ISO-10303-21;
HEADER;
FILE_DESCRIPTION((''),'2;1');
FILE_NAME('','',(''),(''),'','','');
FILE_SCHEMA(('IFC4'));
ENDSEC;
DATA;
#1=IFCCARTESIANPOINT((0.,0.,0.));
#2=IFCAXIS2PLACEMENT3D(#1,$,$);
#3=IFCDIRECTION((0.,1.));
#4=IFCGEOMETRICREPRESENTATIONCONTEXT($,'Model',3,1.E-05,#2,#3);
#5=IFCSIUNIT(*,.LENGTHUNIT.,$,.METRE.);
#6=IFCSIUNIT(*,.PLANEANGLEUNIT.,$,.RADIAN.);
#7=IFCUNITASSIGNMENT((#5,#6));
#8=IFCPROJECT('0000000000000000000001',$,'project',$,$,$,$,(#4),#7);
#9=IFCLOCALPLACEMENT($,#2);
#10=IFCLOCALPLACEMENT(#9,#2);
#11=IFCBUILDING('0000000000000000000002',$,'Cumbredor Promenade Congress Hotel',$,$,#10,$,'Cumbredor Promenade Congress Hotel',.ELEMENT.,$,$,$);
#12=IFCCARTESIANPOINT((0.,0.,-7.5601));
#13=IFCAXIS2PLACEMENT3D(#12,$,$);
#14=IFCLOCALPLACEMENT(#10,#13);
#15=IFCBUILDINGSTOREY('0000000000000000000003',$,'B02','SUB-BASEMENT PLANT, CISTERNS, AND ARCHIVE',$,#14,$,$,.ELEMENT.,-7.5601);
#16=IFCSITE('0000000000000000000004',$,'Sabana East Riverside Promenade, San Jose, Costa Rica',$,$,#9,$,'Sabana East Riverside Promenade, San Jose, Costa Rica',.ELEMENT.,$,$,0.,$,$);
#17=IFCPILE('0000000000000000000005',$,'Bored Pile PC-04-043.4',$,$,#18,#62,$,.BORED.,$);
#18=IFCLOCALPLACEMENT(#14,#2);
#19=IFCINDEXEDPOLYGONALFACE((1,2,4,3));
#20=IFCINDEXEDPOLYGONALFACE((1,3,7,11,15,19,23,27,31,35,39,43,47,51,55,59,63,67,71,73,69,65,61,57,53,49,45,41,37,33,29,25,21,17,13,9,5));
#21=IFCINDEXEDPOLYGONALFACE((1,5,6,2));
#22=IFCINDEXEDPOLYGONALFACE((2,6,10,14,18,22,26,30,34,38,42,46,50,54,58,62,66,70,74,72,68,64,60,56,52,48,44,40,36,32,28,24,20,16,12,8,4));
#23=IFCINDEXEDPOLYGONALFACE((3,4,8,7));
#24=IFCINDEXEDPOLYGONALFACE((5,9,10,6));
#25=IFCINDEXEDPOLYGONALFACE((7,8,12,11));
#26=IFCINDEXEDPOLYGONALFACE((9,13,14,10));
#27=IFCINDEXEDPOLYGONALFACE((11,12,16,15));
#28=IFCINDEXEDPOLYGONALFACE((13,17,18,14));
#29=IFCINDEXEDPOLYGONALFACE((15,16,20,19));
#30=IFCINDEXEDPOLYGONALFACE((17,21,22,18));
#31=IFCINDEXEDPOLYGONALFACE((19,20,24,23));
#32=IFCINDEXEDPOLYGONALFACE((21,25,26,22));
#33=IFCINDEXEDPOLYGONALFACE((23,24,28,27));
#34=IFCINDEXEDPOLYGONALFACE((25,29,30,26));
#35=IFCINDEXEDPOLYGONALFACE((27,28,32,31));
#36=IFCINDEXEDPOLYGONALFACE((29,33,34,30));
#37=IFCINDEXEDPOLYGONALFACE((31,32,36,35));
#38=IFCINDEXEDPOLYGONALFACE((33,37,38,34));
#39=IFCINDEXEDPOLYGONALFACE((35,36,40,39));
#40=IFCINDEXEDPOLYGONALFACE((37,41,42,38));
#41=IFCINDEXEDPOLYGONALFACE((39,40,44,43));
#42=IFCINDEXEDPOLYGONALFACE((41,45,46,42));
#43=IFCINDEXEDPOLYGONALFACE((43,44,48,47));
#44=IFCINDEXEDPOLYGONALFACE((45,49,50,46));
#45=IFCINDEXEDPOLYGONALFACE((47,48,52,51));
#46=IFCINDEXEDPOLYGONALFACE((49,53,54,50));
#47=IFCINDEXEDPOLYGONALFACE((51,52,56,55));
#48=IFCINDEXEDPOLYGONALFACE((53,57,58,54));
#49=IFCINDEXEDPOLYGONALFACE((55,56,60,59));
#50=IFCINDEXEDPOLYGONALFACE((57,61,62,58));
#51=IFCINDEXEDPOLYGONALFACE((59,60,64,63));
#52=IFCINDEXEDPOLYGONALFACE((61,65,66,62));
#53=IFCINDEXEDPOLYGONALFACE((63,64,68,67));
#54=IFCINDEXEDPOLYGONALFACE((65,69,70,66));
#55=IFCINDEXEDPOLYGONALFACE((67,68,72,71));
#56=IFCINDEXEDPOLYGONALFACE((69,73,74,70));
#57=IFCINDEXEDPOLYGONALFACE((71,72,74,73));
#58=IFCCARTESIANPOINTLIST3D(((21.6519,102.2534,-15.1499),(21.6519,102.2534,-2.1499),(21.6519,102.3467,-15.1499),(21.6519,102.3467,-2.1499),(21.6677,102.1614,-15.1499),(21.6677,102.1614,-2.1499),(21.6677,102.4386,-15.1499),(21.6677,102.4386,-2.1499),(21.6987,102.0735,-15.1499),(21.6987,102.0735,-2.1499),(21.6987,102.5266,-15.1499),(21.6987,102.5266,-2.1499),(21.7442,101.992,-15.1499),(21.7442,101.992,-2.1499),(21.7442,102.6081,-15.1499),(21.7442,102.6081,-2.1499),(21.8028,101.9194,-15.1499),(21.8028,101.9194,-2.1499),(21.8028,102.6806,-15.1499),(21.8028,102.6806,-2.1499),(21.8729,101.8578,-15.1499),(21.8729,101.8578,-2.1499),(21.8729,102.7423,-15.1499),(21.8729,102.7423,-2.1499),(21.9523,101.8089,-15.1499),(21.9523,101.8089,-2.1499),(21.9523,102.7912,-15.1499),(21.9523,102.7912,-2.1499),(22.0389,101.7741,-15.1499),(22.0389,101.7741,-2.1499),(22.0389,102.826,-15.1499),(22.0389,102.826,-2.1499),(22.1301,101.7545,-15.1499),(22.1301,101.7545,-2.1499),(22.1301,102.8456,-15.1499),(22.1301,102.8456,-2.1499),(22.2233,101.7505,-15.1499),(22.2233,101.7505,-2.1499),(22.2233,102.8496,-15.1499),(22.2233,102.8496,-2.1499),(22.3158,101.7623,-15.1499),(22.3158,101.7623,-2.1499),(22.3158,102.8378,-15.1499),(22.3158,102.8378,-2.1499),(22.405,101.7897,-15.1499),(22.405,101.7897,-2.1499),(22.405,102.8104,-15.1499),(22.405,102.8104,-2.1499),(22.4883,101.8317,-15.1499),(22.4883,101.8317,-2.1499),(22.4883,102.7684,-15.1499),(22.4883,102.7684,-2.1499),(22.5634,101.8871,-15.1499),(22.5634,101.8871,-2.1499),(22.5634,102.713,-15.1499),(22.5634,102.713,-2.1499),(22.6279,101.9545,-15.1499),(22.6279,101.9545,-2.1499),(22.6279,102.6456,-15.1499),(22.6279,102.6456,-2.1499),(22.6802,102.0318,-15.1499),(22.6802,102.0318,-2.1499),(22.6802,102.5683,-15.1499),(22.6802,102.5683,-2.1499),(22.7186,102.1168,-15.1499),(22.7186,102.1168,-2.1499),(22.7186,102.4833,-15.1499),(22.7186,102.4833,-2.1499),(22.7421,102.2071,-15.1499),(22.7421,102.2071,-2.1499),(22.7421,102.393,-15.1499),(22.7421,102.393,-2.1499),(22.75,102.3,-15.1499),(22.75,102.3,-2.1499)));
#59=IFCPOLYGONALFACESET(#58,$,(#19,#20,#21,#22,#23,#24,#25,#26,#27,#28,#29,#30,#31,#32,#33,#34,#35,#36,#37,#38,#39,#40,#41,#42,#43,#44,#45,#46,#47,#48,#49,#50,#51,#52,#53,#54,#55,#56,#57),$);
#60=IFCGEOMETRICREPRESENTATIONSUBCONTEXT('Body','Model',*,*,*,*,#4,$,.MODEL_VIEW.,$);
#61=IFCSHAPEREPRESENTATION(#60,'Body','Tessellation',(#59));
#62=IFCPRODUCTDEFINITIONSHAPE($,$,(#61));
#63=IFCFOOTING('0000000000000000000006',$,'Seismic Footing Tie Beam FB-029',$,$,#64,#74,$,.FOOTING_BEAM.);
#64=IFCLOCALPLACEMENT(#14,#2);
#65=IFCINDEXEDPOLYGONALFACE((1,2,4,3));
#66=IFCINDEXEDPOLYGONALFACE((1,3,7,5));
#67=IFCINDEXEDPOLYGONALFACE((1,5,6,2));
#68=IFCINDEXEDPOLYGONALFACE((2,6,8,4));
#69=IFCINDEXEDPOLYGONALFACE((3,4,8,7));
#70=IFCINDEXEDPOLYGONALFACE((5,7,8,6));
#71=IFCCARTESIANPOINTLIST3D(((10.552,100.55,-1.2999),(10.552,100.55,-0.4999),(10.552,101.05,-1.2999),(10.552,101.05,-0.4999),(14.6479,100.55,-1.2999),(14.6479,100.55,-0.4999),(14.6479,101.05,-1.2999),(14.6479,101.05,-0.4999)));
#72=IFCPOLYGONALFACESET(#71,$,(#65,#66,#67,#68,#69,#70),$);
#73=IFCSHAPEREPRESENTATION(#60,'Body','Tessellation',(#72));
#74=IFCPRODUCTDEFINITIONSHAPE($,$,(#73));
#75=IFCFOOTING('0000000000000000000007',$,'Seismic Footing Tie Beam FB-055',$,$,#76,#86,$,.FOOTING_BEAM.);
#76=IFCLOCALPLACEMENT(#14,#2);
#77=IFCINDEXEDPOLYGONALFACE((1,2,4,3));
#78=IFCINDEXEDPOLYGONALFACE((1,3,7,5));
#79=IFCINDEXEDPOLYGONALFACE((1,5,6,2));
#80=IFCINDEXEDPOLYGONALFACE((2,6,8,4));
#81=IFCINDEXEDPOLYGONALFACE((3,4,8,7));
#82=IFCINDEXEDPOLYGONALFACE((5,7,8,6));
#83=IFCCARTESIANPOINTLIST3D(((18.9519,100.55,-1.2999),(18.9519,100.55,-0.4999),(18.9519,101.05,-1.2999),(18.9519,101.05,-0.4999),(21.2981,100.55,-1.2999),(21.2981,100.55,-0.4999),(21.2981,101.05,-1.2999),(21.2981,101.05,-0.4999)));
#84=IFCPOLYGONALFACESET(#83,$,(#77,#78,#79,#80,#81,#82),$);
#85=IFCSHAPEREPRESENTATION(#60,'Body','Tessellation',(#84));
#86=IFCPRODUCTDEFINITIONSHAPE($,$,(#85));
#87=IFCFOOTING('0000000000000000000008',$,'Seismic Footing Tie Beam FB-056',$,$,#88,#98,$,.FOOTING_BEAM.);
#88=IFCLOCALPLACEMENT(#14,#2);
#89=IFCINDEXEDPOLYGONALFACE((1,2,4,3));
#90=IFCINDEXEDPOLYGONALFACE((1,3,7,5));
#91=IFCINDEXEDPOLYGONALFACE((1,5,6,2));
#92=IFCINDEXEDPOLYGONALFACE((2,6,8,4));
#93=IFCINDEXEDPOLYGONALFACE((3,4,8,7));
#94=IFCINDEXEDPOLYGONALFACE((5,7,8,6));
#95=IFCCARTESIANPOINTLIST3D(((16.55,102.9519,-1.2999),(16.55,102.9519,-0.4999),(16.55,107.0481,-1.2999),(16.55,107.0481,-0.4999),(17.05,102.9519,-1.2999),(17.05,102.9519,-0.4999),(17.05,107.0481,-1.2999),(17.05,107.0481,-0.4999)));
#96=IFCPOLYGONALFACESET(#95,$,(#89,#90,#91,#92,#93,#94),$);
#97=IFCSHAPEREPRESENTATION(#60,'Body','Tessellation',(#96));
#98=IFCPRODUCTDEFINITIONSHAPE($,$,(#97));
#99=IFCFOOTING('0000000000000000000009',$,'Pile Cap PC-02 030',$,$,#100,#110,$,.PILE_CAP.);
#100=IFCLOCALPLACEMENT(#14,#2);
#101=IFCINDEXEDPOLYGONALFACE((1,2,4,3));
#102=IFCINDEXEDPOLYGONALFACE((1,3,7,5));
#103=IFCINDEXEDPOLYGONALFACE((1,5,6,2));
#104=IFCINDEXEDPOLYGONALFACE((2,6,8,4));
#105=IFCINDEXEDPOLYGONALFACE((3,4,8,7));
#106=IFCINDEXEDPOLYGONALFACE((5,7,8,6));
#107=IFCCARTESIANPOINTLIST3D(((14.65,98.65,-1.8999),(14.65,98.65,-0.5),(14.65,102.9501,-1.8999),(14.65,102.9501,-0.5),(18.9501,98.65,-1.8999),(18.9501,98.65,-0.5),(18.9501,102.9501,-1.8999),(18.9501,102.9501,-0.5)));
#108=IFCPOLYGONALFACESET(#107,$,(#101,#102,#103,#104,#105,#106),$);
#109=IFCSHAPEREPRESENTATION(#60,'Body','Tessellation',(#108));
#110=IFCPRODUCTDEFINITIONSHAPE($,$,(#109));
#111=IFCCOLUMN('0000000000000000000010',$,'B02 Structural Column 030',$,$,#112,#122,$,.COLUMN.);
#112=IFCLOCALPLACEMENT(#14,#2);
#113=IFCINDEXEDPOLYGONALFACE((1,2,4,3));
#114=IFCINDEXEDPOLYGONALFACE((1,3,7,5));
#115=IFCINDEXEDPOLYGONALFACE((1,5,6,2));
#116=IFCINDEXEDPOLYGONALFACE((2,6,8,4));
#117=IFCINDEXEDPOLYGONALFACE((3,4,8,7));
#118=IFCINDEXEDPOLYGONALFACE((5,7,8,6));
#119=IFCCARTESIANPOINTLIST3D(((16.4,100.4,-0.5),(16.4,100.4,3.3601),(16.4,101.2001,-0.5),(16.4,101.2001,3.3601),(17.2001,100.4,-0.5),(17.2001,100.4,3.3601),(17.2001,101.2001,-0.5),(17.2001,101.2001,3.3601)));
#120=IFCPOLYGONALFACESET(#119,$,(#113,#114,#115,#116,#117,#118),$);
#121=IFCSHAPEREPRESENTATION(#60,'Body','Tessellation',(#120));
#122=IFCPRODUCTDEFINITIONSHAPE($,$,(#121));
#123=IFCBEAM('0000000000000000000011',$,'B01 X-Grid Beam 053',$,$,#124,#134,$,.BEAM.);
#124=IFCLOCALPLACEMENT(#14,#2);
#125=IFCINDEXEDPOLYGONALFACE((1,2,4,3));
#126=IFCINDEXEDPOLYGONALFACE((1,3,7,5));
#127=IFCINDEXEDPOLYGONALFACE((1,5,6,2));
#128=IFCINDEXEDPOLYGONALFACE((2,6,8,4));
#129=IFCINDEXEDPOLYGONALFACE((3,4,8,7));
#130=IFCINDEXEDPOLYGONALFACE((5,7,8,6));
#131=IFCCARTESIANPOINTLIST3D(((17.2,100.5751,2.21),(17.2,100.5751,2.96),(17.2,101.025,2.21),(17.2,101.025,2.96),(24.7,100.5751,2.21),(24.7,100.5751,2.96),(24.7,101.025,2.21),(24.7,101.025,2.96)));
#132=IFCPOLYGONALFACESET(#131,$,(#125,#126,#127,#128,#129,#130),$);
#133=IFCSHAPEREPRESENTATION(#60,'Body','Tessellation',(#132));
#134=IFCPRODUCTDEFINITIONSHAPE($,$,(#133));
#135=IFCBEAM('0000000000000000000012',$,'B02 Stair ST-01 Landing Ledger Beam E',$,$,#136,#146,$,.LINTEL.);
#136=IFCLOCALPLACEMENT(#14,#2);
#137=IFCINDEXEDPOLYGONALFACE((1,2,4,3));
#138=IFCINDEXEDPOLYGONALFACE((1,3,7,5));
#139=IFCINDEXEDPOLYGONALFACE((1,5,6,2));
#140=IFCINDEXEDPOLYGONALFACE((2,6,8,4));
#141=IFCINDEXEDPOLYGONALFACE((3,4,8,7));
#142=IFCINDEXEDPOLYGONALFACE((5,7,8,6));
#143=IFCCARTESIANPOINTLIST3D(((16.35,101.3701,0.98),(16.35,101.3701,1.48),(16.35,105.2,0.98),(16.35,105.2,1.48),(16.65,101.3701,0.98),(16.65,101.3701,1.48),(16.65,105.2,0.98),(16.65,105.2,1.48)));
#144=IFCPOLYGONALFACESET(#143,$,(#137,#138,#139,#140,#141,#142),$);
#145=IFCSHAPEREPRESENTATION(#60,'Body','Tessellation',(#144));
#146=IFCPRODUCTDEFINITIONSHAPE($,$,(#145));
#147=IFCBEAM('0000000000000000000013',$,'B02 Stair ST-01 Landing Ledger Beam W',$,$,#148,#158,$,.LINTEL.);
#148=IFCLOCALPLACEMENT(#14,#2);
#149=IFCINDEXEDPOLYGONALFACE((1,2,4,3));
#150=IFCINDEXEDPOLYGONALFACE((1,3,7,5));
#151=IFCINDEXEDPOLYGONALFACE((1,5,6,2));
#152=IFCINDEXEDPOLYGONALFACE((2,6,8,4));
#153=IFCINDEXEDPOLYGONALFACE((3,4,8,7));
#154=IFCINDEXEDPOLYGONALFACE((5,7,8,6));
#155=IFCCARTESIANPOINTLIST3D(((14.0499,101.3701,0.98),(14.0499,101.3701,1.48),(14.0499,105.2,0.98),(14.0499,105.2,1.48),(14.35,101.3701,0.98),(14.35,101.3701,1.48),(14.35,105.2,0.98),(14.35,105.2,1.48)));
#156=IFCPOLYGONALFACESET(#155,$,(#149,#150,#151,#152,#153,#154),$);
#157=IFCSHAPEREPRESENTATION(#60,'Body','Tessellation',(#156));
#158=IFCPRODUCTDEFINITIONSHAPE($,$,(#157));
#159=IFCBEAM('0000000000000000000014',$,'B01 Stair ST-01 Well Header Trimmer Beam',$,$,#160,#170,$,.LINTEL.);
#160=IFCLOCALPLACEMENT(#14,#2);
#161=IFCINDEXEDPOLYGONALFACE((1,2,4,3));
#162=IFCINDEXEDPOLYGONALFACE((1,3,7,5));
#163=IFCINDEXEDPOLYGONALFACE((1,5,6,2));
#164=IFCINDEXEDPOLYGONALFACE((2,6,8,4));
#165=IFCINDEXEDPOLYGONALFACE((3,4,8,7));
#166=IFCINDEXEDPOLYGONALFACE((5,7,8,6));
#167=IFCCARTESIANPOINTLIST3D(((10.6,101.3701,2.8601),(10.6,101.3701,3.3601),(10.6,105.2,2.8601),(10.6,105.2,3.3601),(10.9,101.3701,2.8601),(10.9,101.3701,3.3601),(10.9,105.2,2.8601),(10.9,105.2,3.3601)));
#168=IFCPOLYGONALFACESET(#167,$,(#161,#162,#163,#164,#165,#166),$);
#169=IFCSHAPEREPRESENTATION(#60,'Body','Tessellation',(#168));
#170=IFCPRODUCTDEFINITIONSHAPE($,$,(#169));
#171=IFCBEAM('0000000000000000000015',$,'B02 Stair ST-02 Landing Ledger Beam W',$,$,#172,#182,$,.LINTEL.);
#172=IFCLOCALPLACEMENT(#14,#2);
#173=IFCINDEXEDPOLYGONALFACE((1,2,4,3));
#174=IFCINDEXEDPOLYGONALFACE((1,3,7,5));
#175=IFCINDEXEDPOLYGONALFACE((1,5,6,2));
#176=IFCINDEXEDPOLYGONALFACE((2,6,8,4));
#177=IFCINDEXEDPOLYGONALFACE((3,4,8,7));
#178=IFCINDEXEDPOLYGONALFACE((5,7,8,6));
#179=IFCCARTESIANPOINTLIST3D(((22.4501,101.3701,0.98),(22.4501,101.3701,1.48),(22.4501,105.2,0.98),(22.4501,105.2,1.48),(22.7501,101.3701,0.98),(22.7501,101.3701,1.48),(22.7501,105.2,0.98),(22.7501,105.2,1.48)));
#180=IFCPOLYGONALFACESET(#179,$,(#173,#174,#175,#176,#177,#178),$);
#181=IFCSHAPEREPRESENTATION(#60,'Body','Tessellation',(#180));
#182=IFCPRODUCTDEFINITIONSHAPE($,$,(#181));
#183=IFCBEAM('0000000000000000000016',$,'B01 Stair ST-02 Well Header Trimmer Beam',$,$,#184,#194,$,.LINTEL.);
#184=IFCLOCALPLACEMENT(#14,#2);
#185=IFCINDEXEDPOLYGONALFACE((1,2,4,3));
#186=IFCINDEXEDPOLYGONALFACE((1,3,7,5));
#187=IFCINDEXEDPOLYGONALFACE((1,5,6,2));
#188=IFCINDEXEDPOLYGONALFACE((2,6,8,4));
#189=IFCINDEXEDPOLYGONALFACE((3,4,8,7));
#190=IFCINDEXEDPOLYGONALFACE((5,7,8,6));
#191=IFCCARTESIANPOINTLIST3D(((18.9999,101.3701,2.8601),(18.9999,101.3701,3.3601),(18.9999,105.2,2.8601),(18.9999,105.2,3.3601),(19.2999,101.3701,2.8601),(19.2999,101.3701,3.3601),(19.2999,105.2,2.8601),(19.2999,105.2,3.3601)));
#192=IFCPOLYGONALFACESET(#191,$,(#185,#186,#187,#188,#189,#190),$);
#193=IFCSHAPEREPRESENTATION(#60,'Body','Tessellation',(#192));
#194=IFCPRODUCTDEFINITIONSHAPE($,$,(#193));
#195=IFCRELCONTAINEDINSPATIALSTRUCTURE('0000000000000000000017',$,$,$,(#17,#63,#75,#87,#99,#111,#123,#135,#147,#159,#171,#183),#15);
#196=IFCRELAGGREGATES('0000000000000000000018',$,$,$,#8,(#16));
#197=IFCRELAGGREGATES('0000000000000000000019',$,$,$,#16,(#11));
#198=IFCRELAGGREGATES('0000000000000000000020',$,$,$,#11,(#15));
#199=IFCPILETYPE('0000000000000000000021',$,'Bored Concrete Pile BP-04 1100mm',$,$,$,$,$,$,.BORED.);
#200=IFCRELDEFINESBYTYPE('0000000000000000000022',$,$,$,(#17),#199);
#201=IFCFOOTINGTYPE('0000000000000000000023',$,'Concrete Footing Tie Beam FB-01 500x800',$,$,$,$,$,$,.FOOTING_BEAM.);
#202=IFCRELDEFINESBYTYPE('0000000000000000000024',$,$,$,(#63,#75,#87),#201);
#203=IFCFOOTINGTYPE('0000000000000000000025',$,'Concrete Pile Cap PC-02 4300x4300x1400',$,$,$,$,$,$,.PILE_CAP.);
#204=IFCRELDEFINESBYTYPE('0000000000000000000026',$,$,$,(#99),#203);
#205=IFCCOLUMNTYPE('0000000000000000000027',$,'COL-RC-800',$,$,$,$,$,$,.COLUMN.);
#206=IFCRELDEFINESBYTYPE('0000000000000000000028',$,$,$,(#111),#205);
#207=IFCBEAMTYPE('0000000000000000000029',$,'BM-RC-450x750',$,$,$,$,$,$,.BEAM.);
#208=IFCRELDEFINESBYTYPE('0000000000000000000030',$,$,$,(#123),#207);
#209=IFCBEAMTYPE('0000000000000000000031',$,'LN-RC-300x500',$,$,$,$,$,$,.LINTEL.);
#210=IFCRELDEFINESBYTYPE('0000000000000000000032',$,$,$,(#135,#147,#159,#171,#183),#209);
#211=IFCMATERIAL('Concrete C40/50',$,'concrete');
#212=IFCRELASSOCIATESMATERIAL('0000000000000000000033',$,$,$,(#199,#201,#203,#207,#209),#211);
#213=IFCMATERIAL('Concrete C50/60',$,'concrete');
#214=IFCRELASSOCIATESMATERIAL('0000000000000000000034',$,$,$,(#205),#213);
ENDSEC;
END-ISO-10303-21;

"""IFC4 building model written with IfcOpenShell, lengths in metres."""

from ifc_helpers import new_model, si_unit, direction, frame, origin, origin_2d, place, context, subcontext, project, spatial, rectangle, circle, extrude, material, material_profile, profile_set, type_object, element, save


model = new_model("IFC4")

# Units and contexts
model_context = context("Model", 3, precision=1e-05, world=origin(), true_north=direction((0.0, 1.0)))
body_context = subcontext(model_context, "Body", "Model", "MODEL_VIEW")
ifc_project = project(units=[si_unit("LENGTHUNIT", "METRE"), si_unit("PLANEANGLEUNIT", "RADIAN")], contexts=[model_context])

# Site, building, storey
site_placement = place(None, origin())
site = spatial("IfcSite", under=ifc_project, at=site_placement, Name="Sabana East Riverside Promenade, San Jose, Costa Rica", LongName="Sabana East Riverside Promenade, San Jose, Costa Rica", CompositionType="ELEMENT", RefElevation=0.0)
building_placement = place(site_placement, origin())
building = spatial("IfcBuilding", under=site, at=building_placement, Name="Cumbredor Promenade Congress Hotel", LongName="Cumbredor Promenade Congress Hotel", CompositionType="ELEMENT")
storey_placement = place(building_placement, frame((0.0, 0.0, -7.5601)))
storey = spatial("IfcBuildingStorey", under=building, at=storey_placement, Name="B02", Description="SUB-BASEMENT PLANT, CISTERNS, AND ARCHIVE", CompositionType="ELEMENT", Elevation=-7.5601)

# Pile
ifc_material_1 = material(Name="Concrete C40/50", Category="concrete")
ifc_material_profile_1 = material_profile(ifc_material_1, circle(Radius=0.55, at=origin_2d()), Name="PILE D1100")
ifc_profile_set_1 = profile_set([ifc_material_profile_1], Name="Concrete C40/50")
pile_type_1 = type_object("IfcPileType", Name="Bored Concrete Pile BP-04 1100mm", PredefinedType="BORED", material=ifc_profile_set_1)
pile_placement = place(storey_placement, frame((22.2, 102.3, -2.1499), z_axis=(0.0, 0.0, -1.0), x_axis=(1.0, 0.0, 0.0)))
element("IfcPile", 1, at=pile_placement, inside=storey, type_object=pile_type_1, Name="Bored Pile PC-04-043.4", PredefinedType="BORED", context=body_context, shape_type="SweptSolid", body=[
    extrude(circle(Radius=0.55, at=origin_2d()), origin(), (0.0, 0.0, 1.0), 13.0),
])

# Footings
ifc_material_profile_2 = material_profile(ifc_material_1, rectangle(XDim=0.5, YDim=0.8, at=origin_2d()), Name="FB 500x800")
ifc_profile_set_2 = profile_set([ifc_material_profile_2], Name="Concrete C40/50")
footing_type_1 = type_object("IfcFootingType", Name="Concrete Footing Tie Beam FB-01 500x800", PredefinedType="FOOTING_BEAM", material=ifc_profile_set_2)
footing_1_placement = place(storey_placement, frame((10.552, 100.8, -0.8999), z_axis=(1.0, 0.0, 0.0), x_axis=(0.0, 1.0, 0.0)))
element("IfcFooting", 2, at=footing_1_placement, inside=storey, type_object=footing_type_1, Name="Seismic Footing Tie Beam FB-029", PredefinedType="FOOTING_BEAM", context=body_context, shape_type="SweptSolid", body=[
    extrude(rectangle(XDim=0.5, YDim=0.8, at=origin_2d()), origin(), (0.0, 0.0, 1.0), 4.0959),
])
footing_2_placement = place(storey_placement, frame((18.9519, 100.8, -0.8999), z_axis=(1.0, 0.0, 0.0), x_axis=(0.0, 1.0, 0.0)))
element("IfcFooting", 3, at=footing_2_placement, inside=storey, type_object=footing_type_1, Name="Seismic Footing Tie Beam FB-055", PredefinedType="FOOTING_BEAM", context=body_context, shape_type="SweptSolid", body=[
    extrude(rectangle(XDim=0.5, YDim=0.8, at=origin_2d()), origin(), (0.0, 0.0, 1.0), 2.3462),
])
footing_3_placement = place(storey_placement, frame((16.8, 102.9519, -0.8999), z_axis=(0.0, 1.0, 0.0), x_axis=(-1.0, 0.0, 0.0)))
element("IfcFooting", 4, at=footing_3_placement, inside=storey, type_object=footing_type_1, Name="Seismic Footing Tie Beam FB-056", PredefinedType="FOOTING_BEAM", context=body_context, shape_type="SweptSolid", body=[
    extrude(rectangle(XDim=0.5, YDim=0.8, at=origin_2d()), origin(), (0.0, 0.0, 1.0), 4.0962),
])
footing_type_2 = type_object("IfcFootingType", Name="Concrete Pile Cap PC-02 4300x4300x1400", PredefinedType="PILE_CAP", material=ifc_material_1)
footing_4_placement = place(storey_placement, frame((16.8, 100.8, -1.8999), z_axis=(0.0, 0.0, 1.0), x_axis=(1.0, 0.0, 0.0)))
element("IfcFooting", 5, at=footing_4_placement, inside=storey, type_object=footing_type_2, Name="Pile Cap PC-02 030", PredefinedType="PILE_CAP", context=body_context, shape_type="SweptSolid", body=[
    extrude(rectangle(XDim=4.3, YDim=4.3, at=origin_2d()), origin(), (0.0, 0.0, 1.0), 1.3999),
])

# Column
ifc_material_2 = material(Name="Concrete C50/60", Category="concrete")
ifc_material_profile_3 = material_profile(ifc_material_2, rectangle(XDim=0.8, YDim=0.8, at=origin_2d()), Name="RC 800x800")
ifc_profile_set_3 = profile_set([ifc_material_profile_3], Name="Concrete C50/60")
column_type = type_object("IfcColumnType", Name="COL-RC-800", PredefinedType="COLUMN", material=ifc_profile_set_3)
column_placement = place(storey_placement, frame((16.8, 100.8, -0.5), z_axis=(0.0, 0.0, 1.0), x_axis=(1.0, 0.0, 0.0)))
element("IfcColumn", 6, at=column_placement, inside=storey, type_object=column_type, Name="B02 Structural Column 030", PredefinedType="COLUMN", context=body_context, shape_type="SweptSolid", body=[
    extrude(rectangle(XDim=0.8, YDim=0.8, at=origin_2d()), origin(), (0.0, 0.0, 1.0), 3.8601),
])

# Beams
ifc_material_profile_4 = material_profile(ifc_material_1, rectangle(XDim=0.45, YDim=0.75, at=origin_2d()), Name="RC BEAM 450x750")
ifc_profile_set_4 = profile_set([ifc_material_profile_4], Name="Concrete C40/50")
beam_type_1 = type_object("IfcBeamType", Name="BM-RC-450x750", PredefinedType="BEAM", material=ifc_profile_set_4)
beam_placement = place(storey_placement, frame((17.2, 100.8, 2.585), z_axis=(1.0, 0.0, 0.0), x_axis=(0.0, 1.0, 0.0)))
element("IfcBeam", 7, at=beam_placement, inside=storey, type_object=beam_type_1, Name="B01 X-Grid Beam 053", PredefinedType="BEAM", context=body_context, shape_type="SweptSolid", body=[
    extrude(rectangle(XDim=0.45, YDim=0.75, at=origin_2d()), origin(), (0.0, 0.0, 1.0), 7.5),
])
ifc_material_profile_5 = material_profile(ifc_material_1, rectangle(XDim=0.3, YDim=0.5, at=origin_2d()), Name="RC LINTEL 300x500")
ifc_profile_set_5 = profile_set([ifc_material_profile_5], Name="Concrete C40/50")
beam_type_2 = type_object("IfcBeamType", Name="LN-RC-300x500", PredefinedType="LINTEL", material=ifc_profile_set_5)
for number, where, z_axis, x_axis, name in (
    (8, (16.5, 101.3701, 1.23), (0.0, 1.0, 0.0), (-1.0, 0.0, 0.0), "B02 Stair ST-01 Landing Ledger Beam E"),
    (9, (14.2, 101.3701, 1.23), (0.0, 1.0, 0.0), (-1.0, 0.0, 0.0), "B02 Stair ST-01 Landing Ledger Beam W"),
    (10, (10.75, 101.3701, 3.1101), (0.0, 1.0, 0.0), (-1.0, 0.0, 0.0), "B01 Stair ST-01 Well Header Trimmer Beam"),
    (11, (22.6001, 101.3701, 1.23), (0.0, 1.0, 0.0), (-1.0, 0.0, 0.0), "B02 Stair ST-02 Landing Ledger Beam W"),
    (12, (19.1499, 101.3701, 3.1101), (0.0, 1.0, 0.0), (-1.0, 0.0, 0.0), "B01 Stair ST-02 Well Header Trimmer Beam"),
):
    element("IfcBeam", number, at=place(storey_placement, frame(where, z_axis=z_axis, x_axis=x_axis)), inside=storey, type_object=beam_type_2, Name=name, PredefinedType="LINTEL", context=body_context, shape_type="SweptSolid", body=[
        extrude(rectangle(XDim=0.3, YDim=0.5, at=origin_2d()), origin(), (0.0, 0.0, 1.0), 3.8298),
    ])

save(model, "model.ifc")
